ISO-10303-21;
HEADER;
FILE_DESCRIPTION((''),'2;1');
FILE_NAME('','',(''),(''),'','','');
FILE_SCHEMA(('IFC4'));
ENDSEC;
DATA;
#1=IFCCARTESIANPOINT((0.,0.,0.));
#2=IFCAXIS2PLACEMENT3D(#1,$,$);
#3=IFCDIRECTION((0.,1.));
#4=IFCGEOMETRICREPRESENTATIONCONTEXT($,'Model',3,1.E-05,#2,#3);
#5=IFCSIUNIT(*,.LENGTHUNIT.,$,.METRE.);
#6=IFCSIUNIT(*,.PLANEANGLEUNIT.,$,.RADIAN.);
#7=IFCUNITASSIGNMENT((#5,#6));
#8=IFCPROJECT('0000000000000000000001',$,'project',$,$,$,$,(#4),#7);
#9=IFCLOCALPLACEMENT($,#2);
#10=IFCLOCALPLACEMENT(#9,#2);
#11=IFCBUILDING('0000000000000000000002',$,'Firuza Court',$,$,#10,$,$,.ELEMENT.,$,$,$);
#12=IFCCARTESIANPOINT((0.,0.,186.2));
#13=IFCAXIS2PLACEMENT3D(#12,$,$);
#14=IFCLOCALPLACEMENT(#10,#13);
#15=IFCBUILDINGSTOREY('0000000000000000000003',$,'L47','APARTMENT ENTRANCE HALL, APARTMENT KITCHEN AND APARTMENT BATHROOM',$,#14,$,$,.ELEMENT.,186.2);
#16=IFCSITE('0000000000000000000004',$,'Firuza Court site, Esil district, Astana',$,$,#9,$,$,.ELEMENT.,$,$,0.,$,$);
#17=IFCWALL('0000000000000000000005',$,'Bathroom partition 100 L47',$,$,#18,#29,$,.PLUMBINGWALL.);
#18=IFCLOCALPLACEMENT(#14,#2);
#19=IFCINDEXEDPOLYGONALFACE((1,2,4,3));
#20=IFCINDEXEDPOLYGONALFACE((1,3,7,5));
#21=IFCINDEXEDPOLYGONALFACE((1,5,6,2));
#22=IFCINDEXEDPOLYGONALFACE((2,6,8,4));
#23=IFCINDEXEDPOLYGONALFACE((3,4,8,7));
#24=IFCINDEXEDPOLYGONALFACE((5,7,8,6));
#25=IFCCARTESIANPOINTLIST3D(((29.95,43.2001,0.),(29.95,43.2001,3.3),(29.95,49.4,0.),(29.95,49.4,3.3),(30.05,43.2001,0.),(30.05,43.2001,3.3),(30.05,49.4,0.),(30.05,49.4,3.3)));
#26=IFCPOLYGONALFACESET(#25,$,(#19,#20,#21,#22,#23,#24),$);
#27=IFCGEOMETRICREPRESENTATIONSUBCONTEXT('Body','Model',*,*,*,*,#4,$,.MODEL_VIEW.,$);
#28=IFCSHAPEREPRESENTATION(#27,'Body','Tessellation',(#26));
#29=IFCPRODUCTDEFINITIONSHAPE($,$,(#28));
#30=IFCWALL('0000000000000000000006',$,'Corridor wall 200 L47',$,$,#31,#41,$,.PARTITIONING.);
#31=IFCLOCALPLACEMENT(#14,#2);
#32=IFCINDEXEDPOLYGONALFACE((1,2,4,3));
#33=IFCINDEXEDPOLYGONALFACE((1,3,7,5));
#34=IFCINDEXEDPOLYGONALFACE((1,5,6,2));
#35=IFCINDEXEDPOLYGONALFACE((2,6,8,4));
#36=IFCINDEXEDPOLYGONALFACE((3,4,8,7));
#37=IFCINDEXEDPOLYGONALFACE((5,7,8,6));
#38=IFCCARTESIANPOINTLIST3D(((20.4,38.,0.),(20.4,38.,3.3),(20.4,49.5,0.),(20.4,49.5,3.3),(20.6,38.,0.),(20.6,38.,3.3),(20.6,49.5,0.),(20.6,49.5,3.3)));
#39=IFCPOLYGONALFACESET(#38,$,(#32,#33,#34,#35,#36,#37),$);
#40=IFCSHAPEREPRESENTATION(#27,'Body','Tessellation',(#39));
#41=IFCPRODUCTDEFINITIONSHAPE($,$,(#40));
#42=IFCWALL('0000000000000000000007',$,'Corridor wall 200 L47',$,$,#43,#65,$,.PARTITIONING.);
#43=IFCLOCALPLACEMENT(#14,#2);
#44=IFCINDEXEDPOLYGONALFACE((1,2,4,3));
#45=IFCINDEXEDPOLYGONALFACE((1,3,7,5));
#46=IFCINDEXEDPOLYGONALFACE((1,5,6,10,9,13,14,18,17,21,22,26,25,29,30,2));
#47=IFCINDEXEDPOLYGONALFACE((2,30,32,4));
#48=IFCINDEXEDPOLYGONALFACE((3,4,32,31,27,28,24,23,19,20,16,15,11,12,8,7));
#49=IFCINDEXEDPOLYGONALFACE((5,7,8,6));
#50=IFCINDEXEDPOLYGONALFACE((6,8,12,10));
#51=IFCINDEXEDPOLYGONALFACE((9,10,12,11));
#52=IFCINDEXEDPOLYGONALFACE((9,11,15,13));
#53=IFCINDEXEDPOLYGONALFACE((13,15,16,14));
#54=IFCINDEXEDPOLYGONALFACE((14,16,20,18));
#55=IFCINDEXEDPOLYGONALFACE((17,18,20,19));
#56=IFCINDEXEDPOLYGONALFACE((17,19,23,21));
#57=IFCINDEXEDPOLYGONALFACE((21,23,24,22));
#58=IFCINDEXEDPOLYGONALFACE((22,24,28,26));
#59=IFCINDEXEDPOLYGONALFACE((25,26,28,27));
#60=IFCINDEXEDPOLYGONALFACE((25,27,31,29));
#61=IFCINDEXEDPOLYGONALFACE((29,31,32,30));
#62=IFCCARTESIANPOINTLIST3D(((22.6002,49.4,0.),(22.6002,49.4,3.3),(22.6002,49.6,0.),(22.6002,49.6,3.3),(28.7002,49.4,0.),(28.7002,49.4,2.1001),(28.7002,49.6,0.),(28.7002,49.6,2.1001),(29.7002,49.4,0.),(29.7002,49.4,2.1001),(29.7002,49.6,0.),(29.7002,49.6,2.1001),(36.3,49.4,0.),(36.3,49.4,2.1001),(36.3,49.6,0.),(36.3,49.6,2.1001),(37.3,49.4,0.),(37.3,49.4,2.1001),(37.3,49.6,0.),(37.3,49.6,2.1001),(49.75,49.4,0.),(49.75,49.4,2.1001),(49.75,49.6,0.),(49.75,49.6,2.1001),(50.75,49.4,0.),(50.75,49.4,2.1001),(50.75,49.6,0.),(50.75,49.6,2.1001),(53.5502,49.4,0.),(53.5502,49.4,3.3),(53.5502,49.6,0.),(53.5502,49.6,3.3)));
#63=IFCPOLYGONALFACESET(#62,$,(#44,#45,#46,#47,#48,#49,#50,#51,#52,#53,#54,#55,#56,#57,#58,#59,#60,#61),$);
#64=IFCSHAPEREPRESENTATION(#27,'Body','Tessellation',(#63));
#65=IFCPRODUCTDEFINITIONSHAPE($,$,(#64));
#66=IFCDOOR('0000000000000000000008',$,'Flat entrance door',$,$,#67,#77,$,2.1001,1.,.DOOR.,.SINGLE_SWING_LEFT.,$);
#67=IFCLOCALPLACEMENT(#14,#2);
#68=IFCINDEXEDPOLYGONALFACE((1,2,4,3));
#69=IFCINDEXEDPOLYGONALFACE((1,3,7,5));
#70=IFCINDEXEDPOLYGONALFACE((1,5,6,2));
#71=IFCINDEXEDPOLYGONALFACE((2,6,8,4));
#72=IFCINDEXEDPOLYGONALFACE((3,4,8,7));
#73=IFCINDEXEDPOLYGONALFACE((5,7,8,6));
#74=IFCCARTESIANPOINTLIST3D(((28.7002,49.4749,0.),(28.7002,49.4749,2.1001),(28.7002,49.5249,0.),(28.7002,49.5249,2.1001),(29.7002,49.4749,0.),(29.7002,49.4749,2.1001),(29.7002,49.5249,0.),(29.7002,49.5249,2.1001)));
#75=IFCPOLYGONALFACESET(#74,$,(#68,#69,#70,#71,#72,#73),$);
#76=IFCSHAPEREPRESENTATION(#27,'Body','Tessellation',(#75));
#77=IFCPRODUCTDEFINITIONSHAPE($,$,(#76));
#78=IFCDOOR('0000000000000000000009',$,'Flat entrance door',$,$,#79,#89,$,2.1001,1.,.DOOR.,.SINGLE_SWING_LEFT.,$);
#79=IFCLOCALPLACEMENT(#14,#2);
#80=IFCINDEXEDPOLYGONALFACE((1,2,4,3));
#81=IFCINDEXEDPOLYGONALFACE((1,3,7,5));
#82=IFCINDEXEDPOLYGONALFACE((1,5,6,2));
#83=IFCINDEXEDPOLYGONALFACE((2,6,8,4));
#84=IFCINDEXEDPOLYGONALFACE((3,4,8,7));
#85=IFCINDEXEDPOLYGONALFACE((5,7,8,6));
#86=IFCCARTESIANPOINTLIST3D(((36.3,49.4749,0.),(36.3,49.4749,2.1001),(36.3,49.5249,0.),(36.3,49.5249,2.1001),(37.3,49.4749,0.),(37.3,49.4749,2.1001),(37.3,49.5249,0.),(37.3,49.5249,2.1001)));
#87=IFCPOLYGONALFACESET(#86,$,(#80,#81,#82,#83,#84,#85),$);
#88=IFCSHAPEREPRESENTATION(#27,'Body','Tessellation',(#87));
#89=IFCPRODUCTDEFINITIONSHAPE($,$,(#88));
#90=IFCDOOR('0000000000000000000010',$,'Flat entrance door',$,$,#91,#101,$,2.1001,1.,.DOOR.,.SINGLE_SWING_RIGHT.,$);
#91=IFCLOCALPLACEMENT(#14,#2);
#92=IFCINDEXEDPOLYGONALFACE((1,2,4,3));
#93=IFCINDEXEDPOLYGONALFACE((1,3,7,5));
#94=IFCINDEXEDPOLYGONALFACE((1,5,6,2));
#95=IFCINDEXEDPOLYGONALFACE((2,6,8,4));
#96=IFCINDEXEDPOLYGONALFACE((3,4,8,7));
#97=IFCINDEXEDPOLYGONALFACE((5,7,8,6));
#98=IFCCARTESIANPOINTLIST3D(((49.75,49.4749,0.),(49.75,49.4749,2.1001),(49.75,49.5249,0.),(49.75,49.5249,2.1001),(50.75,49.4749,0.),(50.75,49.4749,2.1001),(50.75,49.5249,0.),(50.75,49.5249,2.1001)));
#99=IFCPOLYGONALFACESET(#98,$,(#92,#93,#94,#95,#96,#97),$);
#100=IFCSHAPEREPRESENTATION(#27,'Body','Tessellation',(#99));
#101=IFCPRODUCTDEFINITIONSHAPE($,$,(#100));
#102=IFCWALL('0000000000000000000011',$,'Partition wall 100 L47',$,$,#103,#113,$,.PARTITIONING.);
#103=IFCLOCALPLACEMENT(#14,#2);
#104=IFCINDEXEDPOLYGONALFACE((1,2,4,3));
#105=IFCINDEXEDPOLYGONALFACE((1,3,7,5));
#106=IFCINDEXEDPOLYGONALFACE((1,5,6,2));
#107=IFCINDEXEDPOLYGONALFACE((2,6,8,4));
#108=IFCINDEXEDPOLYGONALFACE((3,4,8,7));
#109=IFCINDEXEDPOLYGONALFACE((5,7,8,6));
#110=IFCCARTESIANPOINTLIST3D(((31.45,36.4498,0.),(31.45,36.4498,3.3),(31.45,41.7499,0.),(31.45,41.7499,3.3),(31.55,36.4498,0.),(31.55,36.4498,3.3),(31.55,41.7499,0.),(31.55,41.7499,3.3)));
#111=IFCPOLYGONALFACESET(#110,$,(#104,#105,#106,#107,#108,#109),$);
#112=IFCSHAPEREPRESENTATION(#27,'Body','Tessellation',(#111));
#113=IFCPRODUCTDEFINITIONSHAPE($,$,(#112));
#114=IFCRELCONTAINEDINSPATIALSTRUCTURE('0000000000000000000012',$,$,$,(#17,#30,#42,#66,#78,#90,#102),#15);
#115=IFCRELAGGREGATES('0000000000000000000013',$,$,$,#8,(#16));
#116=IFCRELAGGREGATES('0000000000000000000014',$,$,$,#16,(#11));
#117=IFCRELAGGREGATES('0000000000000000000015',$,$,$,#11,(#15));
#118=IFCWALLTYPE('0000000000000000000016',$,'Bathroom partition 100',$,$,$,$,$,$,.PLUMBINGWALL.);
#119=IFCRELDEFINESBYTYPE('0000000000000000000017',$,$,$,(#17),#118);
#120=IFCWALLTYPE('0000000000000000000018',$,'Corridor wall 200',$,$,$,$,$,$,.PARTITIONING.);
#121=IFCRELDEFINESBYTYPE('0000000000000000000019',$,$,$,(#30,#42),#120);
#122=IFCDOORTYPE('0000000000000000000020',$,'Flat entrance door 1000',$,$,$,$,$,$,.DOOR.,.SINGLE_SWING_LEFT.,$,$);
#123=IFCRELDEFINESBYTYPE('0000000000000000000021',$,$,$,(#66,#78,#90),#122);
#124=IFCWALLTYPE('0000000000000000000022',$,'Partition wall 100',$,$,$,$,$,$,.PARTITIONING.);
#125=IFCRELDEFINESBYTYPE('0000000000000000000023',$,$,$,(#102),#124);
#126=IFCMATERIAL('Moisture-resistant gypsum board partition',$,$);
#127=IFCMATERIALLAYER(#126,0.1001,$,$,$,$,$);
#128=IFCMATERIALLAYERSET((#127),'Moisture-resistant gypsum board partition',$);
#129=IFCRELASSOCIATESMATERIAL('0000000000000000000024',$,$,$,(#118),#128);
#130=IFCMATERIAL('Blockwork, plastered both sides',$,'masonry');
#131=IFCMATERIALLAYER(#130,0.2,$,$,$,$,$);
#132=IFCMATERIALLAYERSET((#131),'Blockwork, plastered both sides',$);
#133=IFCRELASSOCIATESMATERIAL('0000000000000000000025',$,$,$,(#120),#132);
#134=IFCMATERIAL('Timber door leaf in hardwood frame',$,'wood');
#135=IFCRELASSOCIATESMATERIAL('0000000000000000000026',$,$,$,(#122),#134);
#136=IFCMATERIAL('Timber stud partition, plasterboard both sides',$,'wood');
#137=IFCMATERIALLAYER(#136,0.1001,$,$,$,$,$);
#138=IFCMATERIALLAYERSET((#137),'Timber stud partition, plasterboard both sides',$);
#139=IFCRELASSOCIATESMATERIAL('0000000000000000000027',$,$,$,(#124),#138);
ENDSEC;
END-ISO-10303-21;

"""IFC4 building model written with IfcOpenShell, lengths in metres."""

from ifc_helpers import new_model, si_unit, direction, frame, frame_2d, origin, place, context, subcontext, project, spatial, rectangle, extrude, material, layer, layer_set, type_object, element, fill, save


model = new_model("IFC4")

# Units and contexts
model_context = context("Model", 3, precision=1e-05, world=origin(), true_north=direction((0.0, 1.0)))
body_context = subcontext(model_context, "Body", "Model", "MODEL_VIEW")
ifc_project = project(units=[si_unit("LENGTHUNIT", "METRE"), si_unit("PLANEANGLEUNIT", "RADIAN")], contexts=[model_context])

# Site, building, storey
site_placement = place(None, origin())
site = spatial("IfcSite", under=ifc_project, at=site_placement, Name="Firuza Court site, Esil district, Astana", CompositionType="ELEMENT", RefElevation=0.0)
building_placement = place(site_placement, origin())
building = spatial("IfcBuilding", under=site, at=building_placement, Name="Firuza Court", CompositionType="ELEMENT")
storey_placement = place(building_placement, frame((0.0, 0.0, 186.2)))
storey = spatial("IfcBuildingStorey", under=building, at=storey_placement, Name="L47", Description="APARTMENT ENTRANCE HALL, APARTMENT KITCHEN AND APARTMENT BATHROOM", CompositionType="ELEMENT", Elevation=186.2)

# Walls
ifc_material_1 = material(Name="Moisture-resistant gypsum board partition")
ifc_layer_1 = layer(ifc_material_1, 0.1001)
ifc_layer_set_1 = layer_set([ifc_layer_1], Name="Moisture-resistant gypsum board partition")
wall_type_1 = type_object("IfcWallType", Name="Bathroom partition 100", PredefinedType="PLUMBINGWALL", material=ifc_layer_set_1)
wall_1_placement = place(storey_placement, frame((30.0, 43.2, 0.0), z_axis=(0.0, 0.0, 1.0), x_axis=(0.0, 1.0, 0.0)))
element("IfcWall", 1, at=wall_1_placement, inside=storey, type_object=wall_type_1, Name="Bathroom partition 100 L47", PredefinedType="PLUMBINGWALL", context=body_context, shape_type="SweptSolid", body=[
    extrude(rectangle(XDim=6.2, YDim=0.1001, at=frame_2d((3.1001, 0.0))), origin(), (0.0, 0.0, 1.0), 3.3),
])
ifc_material_2 = material(Name="Blockwork, plastered both sides", Category="masonry")
ifc_layer_2 = layer(ifc_material_2, 0.2)
ifc_layer_set_2 = layer_set([ifc_layer_2], Name="Blockwork, plastered both sides")
wall_type_2 = type_object("IfcWallType", Name="Corridor wall 200", PredefinedType="PARTITIONING", material=ifc_layer_set_2)
wall_2_placement = place(storey_placement, frame((20.5, 38.0, 0.0), z_axis=(0.0, 0.0, 1.0), x_axis=(0.0, 1.0, 0.0)))
element("IfcWall", 2, at=wall_2_placement, inside=storey, type_object=wall_type_2, Name="Corridor wall 200 L47", PredefinedType="PARTITIONING", context=body_context, shape_type="SweptSolid", body=[
    extrude(rectangle(XDim=11.5, YDim=0.2, at=frame_2d((5.75, 0.0))), origin(), (0.0, 0.0, 1.0), 3.3),
])

# Wall, openings, doors
wall_3_placement = place(storey_placement, frame((22.6001, 49.5, 0.0), z_axis=(0.0, 0.0, 1.0), x_axis=(1.0, 0.0, 0.0)))
wall_3 = element("IfcWall", 3, at=wall_3_placement, inside=storey, type_object=wall_type_2, Name="Corridor wall 200 L47", PredefinedType="PARTITIONING", context=body_context, shape_type="SweptSolid", body=[
    extrude(rectangle(XDim=30.95, YDim=0.2, at=frame_2d((15.4751, 0.0))), origin(), (0.0, 0.0, 1.0), 3.3),
])
opening_1_placement = place(wall_3_placement, frame((6.1001, 0.0, 0.0)))
opening_1 = element("IfcOpeningElement", 4, at=opening_1_placement, cuts=wall_3, PredefinedType="OPENING", context=body_context, shape_type="SweptSolid", body=[
    extrude(rectangle(XDim=1.0, YDim=2.1001, at=frame_2d((0.5, 1.05))), frame((0.0, 0.1118, 0.0), z_axis=(0.0, -1.0, 0.0), x_axis=(1.0, 0.0, 0.0)), (0.0, 0.0, 1.0), 0.2239),
])
opening_2_placement = place(wall_3_placement, frame((13.7, 0.0, 0.0)))
opening_2 = element("IfcOpeningElement", 5, at=opening_2_placement, cuts=wall_3, PredefinedType="OPENING", context=body_context, shape_type="SweptSolid", body=[
    extrude(rectangle(XDim=1.0, YDim=2.1001, at=frame_2d((0.5, 1.05))), frame((0.0, 0.1118, 0.0), z_axis=(0.0, -1.0, 0.0), x_axis=(1.0, 0.0, 0.0)), (0.0, 0.0, 1.0), 0.2239),
])
opening_3_placement = place(wall_3_placement, frame((27.1499, 0.0, 0.0)))
opening_3 = element("IfcOpeningElement", 6, at=opening_3_placement, cuts=wall_3, PredefinedType="OPENING", context=body_context, shape_type="SweptSolid", body=[
    extrude(rectangle(XDim=1.0, YDim=2.1001, at=frame_2d((0.5, 1.05))), frame((0.0, 0.1118, 0.0), z_axis=(0.0, -1.0, 0.0), x_axis=(1.0, 0.0, 0.0)), (0.0, 0.0, 1.0), 0.2239),
])
ifc_material_3 = material(Name="Timber door leaf in hardwood frame", Category="wood")
door_type_1 = type_object("IfcDoorType", Name="Flat entrance door 1000", OperationType="SINGLE_SWING_LEFT", PredefinedType="DOOR", material=ifc_material_3)
door_1_placement = place(opening_1_placement, origin())
door_1 = element("IfcDoor", 7, at=door_1_placement, inside=storey, type_object=door_type_1, Name="Flat entrance door", OperationType="SINGLE_SWING_LEFT", OverallHeight=2.1001, OverallWidth=1.0, PredefinedType="DOOR", context=body_context, shape_type="SweptSolid", body=[
    extrude(rectangle(XDim=1.0, YDim=2.1001, at=frame_2d((0.5, 1.05))), frame((0.0, 0.0249, 0.0), z_axis=(0.0, -1.0, 0.0), x_axis=(1.0, 0.0, 0.0)), (0.0, 0.0, 1.0), 0.05),
])
fill(opening_1, door_1)
door_2_placement = place(opening_2_placement, origin())
door_2 = element("IfcDoor", 8, at=door_2_placement, inside=storey, type_object=door_type_1, Name="Flat entrance door", OperationType="SINGLE_SWING_LEFT", OverallHeight=2.1001, OverallWidth=1.0, PredefinedType="DOOR", context=body_context, shape_type="SweptSolid", body=[
    extrude(rectangle(XDim=1.0, YDim=2.1001, at=frame_2d((0.5, 1.05))), frame((0.0, 0.0249, 0.0), z_axis=(0.0, -1.0, 0.0), x_axis=(1.0, 0.0, 0.0)), (0.0, 0.0, 1.0), 0.05),
])
fill(opening_2, door_2)
door_3_placement = place(opening_3_placement, origin())
door_3 = element("IfcDoor", 9, at=door_3_placement, inside=storey, type_object=door_type_1, Name="Flat entrance door", OperationType="SINGLE_SWING_RIGHT", OverallHeight=2.1001, OverallWidth=1.0, PredefinedType="DOOR", context=body_context, shape_type="SweptSolid", body=[
    extrude(rectangle(XDim=1.0, YDim=2.1001, at=frame_2d((0.5, 1.05))), frame((0.0, 0.0249, 0.0), z_axis=(0.0, -1.0, 0.0), x_axis=(1.0, 0.0, 0.0)), (0.0, 0.0, 1.0), 0.05),
])
fill(opening_3, door_3)

# Wall
ifc_material_4 = material(Name="Timber stud partition, plasterboard both sides", Category="wood")
ifc_layer_3 = layer(ifc_material_4, 0.1001)
ifc_layer_set_3 = layer_set([ifc_layer_3], Name="Timber stud partition, plasterboard both sides")
wall_type_3 = type_object("IfcWallType", Name="Partition wall 100", PredefinedType="PARTITIONING", material=ifc_layer_set_3)
wall_4_placement = place(storey_placement, frame((31.5, 36.45, 0.0), z_axis=(0.0, 0.0, 1.0), x_axis=(0.0, 1.0, 0.0)))
element("IfcWall", 10, at=wall_4_placement, inside=storey, type_object=wall_type_3, Name="Partition wall 100 L47", PredefinedType="PARTITIONING", context=body_context, shape_type="SweptSolid", body=[
    extrude(rectangle(XDim=5.3, YDim=0.1001, at=frame_2d((2.6499, 0.0))), origin(), (0.0, 0.0, 1.0), 3.3),
])

save(model, "model.ifc")
